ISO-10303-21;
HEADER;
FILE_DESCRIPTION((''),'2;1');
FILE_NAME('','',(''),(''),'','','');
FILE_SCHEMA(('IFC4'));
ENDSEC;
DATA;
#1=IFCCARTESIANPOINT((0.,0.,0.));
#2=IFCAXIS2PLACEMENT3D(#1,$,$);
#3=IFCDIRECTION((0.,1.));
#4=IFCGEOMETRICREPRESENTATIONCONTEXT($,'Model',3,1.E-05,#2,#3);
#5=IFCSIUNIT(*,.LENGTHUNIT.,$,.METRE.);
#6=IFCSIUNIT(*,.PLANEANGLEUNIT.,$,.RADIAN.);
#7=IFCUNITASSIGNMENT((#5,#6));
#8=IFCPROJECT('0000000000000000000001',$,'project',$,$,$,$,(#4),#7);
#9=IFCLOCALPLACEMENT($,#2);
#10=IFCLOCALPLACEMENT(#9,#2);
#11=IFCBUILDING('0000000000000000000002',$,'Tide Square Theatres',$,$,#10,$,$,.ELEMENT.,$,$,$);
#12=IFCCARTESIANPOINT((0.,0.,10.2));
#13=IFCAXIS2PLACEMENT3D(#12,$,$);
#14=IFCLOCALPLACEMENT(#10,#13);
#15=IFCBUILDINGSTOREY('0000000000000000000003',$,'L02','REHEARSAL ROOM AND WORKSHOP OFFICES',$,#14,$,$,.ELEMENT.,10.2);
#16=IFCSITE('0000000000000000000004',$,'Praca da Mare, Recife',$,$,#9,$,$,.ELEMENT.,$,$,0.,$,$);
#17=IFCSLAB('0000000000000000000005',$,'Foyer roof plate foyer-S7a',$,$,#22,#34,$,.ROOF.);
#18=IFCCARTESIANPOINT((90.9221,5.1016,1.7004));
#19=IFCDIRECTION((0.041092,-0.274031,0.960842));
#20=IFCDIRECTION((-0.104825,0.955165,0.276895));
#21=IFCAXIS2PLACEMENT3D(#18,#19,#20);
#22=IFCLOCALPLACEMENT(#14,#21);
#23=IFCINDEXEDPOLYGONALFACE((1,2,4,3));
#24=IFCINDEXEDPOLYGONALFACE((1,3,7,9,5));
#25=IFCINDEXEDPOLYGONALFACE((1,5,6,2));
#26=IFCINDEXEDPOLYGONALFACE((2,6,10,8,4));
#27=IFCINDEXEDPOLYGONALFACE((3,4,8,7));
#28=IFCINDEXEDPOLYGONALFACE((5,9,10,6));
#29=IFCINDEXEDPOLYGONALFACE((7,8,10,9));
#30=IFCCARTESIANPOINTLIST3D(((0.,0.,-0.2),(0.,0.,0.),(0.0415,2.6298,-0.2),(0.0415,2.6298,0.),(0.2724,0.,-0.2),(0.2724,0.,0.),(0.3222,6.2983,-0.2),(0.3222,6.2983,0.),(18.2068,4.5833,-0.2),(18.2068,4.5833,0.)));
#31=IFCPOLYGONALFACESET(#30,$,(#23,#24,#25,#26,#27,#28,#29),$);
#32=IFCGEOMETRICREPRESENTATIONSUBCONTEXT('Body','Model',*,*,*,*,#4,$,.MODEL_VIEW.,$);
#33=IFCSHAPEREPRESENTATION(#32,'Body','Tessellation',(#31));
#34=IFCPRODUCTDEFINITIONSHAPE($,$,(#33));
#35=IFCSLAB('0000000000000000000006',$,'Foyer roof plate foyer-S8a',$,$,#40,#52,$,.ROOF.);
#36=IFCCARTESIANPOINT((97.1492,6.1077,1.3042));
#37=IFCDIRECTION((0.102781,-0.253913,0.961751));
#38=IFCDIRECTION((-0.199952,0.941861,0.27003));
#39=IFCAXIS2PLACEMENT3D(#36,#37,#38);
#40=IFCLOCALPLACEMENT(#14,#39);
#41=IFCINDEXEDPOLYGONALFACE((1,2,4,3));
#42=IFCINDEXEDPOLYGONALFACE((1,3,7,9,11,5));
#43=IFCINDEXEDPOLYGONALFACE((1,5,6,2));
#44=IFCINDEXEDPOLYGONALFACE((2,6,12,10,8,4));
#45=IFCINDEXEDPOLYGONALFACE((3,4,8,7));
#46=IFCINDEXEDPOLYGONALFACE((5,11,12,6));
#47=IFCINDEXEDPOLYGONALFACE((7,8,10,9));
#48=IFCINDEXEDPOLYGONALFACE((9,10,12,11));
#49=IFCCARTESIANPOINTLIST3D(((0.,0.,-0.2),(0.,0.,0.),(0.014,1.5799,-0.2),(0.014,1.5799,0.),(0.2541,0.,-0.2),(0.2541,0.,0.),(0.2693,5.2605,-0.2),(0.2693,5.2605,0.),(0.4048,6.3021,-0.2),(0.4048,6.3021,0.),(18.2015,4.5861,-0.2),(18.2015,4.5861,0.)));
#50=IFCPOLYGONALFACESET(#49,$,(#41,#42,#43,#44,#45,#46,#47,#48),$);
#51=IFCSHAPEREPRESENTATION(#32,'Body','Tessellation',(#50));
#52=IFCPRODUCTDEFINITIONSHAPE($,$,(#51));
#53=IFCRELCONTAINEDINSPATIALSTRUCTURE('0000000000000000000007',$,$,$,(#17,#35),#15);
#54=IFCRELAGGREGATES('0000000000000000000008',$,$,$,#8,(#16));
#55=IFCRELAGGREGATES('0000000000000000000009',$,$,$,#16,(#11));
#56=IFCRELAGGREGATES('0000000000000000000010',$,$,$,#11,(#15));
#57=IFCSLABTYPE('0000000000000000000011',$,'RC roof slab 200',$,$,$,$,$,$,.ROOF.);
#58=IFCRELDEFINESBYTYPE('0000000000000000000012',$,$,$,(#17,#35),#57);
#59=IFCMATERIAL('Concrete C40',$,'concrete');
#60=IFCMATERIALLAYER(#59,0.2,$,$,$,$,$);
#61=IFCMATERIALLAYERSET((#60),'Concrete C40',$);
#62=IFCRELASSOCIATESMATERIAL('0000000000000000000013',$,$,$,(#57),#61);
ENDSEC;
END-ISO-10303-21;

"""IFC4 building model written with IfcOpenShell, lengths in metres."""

from ifc_helpers import new_model, si_unit, direction, frame, origin, place, context, subcontext, project, spatial, polyline, outline, extrude, material, layer, layer_set, type_object, element, save


model = new_model("IFC4")

# Units and contexts
model_context = context("Model", 3, precision=1e-05, world=origin(), true_north=direction((0.0, 1.0)))
body_context = subcontext(model_context, "Body", "Model", "MODEL_VIEW")
ifc_project = project(units=[si_unit("LENGTHUNIT", "METRE"), si_unit("PLANEANGLEUNIT", "RADIAN")], contexts=[model_context])

# Site, building, storey
site_placement = place(None, origin())
site = spatial("IfcSite", under=ifc_project, at=site_placement, Name="Praca da Mare, Recife", CompositionType="ELEMENT", RefElevation=0.0)
building_placement = place(site_placement, origin())
building = spatial("IfcBuilding", under=site, at=building_placement, Name="Tide Square Theatres", CompositionType="ELEMENT")
storey_placement = place(building_placement, frame((0.0, 0.0, 10.2)))
storey = spatial("IfcBuildingStorey", under=building, at=storey_placement, Name="L02", Description="REHEARSAL ROOM AND WORKSHOP OFFICES", CompositionType="ELEMENT", Elevation=10.2)

# Slabs
ifc_material_1 = material(Name="Concrete C40", Category="concrete")
ifc_layer_1 = layer(ifc_material_1, 0.2)
ifc_layer_set_1 = layer_set([ifc_layer_1], Name="Concrete C40")
slab_type = type_object("IfcSlabType", Name="RC roof slab 200", PredefinedType="ROOF", material=ifc_layer_set_1)
slab_1_placement = place(storey_placement, frame((90.9221, 5.1016, 1.7004), z_axis=(0.041092, -0.274031, 0.960842), x_axis=(-0.104825, 0.955165, 0.276895)))
element("IfcSlab", 1, at=slab_1_placement, inside=storey, type_object=slab_type, Name="Foyer roof plate foyer-S7a", PredefinedType="ROOF", context=body_context, shape_type="SweptSolid", body=[
    extrude(outline(polyline([(0.0, 0.0), (0.2724, 0.0), (18.2068, 4.5833), (0.3222, 6.2983), (0.0415, 2.6298), (0.0, 0.0)])), origin(), (0.0, 0.0, -1.0), 0.2),
])
slab_2_placement = place(storey_placement, frame((97.1492, 6.1077, 1.3042), z_axis=(0.102781, -0.253913, 0.961751), x_axis=(-0.199952, 0.941861, 0.27003)))
element("IfcSlab", 2, at=slab_2_placement, inside=storey, type_object=slab_type, Name="Foyer roof plate foyer-S8a", PredefinedType="ROOF", context=body_context, shape_type="SweptSolid", body=[
    extrude(outline(polyline([(0.0, 0.0), (0.2541, 0.0), (18.2015, 4.5861), (0.4048, 6.3021), (0.2693, 5.2605), (0.014, 1.5799), (0.0, 0.0)])), origin(), (0.0, 0.0, -1.0), 0.2),
])

save(model, "model.ifc")
